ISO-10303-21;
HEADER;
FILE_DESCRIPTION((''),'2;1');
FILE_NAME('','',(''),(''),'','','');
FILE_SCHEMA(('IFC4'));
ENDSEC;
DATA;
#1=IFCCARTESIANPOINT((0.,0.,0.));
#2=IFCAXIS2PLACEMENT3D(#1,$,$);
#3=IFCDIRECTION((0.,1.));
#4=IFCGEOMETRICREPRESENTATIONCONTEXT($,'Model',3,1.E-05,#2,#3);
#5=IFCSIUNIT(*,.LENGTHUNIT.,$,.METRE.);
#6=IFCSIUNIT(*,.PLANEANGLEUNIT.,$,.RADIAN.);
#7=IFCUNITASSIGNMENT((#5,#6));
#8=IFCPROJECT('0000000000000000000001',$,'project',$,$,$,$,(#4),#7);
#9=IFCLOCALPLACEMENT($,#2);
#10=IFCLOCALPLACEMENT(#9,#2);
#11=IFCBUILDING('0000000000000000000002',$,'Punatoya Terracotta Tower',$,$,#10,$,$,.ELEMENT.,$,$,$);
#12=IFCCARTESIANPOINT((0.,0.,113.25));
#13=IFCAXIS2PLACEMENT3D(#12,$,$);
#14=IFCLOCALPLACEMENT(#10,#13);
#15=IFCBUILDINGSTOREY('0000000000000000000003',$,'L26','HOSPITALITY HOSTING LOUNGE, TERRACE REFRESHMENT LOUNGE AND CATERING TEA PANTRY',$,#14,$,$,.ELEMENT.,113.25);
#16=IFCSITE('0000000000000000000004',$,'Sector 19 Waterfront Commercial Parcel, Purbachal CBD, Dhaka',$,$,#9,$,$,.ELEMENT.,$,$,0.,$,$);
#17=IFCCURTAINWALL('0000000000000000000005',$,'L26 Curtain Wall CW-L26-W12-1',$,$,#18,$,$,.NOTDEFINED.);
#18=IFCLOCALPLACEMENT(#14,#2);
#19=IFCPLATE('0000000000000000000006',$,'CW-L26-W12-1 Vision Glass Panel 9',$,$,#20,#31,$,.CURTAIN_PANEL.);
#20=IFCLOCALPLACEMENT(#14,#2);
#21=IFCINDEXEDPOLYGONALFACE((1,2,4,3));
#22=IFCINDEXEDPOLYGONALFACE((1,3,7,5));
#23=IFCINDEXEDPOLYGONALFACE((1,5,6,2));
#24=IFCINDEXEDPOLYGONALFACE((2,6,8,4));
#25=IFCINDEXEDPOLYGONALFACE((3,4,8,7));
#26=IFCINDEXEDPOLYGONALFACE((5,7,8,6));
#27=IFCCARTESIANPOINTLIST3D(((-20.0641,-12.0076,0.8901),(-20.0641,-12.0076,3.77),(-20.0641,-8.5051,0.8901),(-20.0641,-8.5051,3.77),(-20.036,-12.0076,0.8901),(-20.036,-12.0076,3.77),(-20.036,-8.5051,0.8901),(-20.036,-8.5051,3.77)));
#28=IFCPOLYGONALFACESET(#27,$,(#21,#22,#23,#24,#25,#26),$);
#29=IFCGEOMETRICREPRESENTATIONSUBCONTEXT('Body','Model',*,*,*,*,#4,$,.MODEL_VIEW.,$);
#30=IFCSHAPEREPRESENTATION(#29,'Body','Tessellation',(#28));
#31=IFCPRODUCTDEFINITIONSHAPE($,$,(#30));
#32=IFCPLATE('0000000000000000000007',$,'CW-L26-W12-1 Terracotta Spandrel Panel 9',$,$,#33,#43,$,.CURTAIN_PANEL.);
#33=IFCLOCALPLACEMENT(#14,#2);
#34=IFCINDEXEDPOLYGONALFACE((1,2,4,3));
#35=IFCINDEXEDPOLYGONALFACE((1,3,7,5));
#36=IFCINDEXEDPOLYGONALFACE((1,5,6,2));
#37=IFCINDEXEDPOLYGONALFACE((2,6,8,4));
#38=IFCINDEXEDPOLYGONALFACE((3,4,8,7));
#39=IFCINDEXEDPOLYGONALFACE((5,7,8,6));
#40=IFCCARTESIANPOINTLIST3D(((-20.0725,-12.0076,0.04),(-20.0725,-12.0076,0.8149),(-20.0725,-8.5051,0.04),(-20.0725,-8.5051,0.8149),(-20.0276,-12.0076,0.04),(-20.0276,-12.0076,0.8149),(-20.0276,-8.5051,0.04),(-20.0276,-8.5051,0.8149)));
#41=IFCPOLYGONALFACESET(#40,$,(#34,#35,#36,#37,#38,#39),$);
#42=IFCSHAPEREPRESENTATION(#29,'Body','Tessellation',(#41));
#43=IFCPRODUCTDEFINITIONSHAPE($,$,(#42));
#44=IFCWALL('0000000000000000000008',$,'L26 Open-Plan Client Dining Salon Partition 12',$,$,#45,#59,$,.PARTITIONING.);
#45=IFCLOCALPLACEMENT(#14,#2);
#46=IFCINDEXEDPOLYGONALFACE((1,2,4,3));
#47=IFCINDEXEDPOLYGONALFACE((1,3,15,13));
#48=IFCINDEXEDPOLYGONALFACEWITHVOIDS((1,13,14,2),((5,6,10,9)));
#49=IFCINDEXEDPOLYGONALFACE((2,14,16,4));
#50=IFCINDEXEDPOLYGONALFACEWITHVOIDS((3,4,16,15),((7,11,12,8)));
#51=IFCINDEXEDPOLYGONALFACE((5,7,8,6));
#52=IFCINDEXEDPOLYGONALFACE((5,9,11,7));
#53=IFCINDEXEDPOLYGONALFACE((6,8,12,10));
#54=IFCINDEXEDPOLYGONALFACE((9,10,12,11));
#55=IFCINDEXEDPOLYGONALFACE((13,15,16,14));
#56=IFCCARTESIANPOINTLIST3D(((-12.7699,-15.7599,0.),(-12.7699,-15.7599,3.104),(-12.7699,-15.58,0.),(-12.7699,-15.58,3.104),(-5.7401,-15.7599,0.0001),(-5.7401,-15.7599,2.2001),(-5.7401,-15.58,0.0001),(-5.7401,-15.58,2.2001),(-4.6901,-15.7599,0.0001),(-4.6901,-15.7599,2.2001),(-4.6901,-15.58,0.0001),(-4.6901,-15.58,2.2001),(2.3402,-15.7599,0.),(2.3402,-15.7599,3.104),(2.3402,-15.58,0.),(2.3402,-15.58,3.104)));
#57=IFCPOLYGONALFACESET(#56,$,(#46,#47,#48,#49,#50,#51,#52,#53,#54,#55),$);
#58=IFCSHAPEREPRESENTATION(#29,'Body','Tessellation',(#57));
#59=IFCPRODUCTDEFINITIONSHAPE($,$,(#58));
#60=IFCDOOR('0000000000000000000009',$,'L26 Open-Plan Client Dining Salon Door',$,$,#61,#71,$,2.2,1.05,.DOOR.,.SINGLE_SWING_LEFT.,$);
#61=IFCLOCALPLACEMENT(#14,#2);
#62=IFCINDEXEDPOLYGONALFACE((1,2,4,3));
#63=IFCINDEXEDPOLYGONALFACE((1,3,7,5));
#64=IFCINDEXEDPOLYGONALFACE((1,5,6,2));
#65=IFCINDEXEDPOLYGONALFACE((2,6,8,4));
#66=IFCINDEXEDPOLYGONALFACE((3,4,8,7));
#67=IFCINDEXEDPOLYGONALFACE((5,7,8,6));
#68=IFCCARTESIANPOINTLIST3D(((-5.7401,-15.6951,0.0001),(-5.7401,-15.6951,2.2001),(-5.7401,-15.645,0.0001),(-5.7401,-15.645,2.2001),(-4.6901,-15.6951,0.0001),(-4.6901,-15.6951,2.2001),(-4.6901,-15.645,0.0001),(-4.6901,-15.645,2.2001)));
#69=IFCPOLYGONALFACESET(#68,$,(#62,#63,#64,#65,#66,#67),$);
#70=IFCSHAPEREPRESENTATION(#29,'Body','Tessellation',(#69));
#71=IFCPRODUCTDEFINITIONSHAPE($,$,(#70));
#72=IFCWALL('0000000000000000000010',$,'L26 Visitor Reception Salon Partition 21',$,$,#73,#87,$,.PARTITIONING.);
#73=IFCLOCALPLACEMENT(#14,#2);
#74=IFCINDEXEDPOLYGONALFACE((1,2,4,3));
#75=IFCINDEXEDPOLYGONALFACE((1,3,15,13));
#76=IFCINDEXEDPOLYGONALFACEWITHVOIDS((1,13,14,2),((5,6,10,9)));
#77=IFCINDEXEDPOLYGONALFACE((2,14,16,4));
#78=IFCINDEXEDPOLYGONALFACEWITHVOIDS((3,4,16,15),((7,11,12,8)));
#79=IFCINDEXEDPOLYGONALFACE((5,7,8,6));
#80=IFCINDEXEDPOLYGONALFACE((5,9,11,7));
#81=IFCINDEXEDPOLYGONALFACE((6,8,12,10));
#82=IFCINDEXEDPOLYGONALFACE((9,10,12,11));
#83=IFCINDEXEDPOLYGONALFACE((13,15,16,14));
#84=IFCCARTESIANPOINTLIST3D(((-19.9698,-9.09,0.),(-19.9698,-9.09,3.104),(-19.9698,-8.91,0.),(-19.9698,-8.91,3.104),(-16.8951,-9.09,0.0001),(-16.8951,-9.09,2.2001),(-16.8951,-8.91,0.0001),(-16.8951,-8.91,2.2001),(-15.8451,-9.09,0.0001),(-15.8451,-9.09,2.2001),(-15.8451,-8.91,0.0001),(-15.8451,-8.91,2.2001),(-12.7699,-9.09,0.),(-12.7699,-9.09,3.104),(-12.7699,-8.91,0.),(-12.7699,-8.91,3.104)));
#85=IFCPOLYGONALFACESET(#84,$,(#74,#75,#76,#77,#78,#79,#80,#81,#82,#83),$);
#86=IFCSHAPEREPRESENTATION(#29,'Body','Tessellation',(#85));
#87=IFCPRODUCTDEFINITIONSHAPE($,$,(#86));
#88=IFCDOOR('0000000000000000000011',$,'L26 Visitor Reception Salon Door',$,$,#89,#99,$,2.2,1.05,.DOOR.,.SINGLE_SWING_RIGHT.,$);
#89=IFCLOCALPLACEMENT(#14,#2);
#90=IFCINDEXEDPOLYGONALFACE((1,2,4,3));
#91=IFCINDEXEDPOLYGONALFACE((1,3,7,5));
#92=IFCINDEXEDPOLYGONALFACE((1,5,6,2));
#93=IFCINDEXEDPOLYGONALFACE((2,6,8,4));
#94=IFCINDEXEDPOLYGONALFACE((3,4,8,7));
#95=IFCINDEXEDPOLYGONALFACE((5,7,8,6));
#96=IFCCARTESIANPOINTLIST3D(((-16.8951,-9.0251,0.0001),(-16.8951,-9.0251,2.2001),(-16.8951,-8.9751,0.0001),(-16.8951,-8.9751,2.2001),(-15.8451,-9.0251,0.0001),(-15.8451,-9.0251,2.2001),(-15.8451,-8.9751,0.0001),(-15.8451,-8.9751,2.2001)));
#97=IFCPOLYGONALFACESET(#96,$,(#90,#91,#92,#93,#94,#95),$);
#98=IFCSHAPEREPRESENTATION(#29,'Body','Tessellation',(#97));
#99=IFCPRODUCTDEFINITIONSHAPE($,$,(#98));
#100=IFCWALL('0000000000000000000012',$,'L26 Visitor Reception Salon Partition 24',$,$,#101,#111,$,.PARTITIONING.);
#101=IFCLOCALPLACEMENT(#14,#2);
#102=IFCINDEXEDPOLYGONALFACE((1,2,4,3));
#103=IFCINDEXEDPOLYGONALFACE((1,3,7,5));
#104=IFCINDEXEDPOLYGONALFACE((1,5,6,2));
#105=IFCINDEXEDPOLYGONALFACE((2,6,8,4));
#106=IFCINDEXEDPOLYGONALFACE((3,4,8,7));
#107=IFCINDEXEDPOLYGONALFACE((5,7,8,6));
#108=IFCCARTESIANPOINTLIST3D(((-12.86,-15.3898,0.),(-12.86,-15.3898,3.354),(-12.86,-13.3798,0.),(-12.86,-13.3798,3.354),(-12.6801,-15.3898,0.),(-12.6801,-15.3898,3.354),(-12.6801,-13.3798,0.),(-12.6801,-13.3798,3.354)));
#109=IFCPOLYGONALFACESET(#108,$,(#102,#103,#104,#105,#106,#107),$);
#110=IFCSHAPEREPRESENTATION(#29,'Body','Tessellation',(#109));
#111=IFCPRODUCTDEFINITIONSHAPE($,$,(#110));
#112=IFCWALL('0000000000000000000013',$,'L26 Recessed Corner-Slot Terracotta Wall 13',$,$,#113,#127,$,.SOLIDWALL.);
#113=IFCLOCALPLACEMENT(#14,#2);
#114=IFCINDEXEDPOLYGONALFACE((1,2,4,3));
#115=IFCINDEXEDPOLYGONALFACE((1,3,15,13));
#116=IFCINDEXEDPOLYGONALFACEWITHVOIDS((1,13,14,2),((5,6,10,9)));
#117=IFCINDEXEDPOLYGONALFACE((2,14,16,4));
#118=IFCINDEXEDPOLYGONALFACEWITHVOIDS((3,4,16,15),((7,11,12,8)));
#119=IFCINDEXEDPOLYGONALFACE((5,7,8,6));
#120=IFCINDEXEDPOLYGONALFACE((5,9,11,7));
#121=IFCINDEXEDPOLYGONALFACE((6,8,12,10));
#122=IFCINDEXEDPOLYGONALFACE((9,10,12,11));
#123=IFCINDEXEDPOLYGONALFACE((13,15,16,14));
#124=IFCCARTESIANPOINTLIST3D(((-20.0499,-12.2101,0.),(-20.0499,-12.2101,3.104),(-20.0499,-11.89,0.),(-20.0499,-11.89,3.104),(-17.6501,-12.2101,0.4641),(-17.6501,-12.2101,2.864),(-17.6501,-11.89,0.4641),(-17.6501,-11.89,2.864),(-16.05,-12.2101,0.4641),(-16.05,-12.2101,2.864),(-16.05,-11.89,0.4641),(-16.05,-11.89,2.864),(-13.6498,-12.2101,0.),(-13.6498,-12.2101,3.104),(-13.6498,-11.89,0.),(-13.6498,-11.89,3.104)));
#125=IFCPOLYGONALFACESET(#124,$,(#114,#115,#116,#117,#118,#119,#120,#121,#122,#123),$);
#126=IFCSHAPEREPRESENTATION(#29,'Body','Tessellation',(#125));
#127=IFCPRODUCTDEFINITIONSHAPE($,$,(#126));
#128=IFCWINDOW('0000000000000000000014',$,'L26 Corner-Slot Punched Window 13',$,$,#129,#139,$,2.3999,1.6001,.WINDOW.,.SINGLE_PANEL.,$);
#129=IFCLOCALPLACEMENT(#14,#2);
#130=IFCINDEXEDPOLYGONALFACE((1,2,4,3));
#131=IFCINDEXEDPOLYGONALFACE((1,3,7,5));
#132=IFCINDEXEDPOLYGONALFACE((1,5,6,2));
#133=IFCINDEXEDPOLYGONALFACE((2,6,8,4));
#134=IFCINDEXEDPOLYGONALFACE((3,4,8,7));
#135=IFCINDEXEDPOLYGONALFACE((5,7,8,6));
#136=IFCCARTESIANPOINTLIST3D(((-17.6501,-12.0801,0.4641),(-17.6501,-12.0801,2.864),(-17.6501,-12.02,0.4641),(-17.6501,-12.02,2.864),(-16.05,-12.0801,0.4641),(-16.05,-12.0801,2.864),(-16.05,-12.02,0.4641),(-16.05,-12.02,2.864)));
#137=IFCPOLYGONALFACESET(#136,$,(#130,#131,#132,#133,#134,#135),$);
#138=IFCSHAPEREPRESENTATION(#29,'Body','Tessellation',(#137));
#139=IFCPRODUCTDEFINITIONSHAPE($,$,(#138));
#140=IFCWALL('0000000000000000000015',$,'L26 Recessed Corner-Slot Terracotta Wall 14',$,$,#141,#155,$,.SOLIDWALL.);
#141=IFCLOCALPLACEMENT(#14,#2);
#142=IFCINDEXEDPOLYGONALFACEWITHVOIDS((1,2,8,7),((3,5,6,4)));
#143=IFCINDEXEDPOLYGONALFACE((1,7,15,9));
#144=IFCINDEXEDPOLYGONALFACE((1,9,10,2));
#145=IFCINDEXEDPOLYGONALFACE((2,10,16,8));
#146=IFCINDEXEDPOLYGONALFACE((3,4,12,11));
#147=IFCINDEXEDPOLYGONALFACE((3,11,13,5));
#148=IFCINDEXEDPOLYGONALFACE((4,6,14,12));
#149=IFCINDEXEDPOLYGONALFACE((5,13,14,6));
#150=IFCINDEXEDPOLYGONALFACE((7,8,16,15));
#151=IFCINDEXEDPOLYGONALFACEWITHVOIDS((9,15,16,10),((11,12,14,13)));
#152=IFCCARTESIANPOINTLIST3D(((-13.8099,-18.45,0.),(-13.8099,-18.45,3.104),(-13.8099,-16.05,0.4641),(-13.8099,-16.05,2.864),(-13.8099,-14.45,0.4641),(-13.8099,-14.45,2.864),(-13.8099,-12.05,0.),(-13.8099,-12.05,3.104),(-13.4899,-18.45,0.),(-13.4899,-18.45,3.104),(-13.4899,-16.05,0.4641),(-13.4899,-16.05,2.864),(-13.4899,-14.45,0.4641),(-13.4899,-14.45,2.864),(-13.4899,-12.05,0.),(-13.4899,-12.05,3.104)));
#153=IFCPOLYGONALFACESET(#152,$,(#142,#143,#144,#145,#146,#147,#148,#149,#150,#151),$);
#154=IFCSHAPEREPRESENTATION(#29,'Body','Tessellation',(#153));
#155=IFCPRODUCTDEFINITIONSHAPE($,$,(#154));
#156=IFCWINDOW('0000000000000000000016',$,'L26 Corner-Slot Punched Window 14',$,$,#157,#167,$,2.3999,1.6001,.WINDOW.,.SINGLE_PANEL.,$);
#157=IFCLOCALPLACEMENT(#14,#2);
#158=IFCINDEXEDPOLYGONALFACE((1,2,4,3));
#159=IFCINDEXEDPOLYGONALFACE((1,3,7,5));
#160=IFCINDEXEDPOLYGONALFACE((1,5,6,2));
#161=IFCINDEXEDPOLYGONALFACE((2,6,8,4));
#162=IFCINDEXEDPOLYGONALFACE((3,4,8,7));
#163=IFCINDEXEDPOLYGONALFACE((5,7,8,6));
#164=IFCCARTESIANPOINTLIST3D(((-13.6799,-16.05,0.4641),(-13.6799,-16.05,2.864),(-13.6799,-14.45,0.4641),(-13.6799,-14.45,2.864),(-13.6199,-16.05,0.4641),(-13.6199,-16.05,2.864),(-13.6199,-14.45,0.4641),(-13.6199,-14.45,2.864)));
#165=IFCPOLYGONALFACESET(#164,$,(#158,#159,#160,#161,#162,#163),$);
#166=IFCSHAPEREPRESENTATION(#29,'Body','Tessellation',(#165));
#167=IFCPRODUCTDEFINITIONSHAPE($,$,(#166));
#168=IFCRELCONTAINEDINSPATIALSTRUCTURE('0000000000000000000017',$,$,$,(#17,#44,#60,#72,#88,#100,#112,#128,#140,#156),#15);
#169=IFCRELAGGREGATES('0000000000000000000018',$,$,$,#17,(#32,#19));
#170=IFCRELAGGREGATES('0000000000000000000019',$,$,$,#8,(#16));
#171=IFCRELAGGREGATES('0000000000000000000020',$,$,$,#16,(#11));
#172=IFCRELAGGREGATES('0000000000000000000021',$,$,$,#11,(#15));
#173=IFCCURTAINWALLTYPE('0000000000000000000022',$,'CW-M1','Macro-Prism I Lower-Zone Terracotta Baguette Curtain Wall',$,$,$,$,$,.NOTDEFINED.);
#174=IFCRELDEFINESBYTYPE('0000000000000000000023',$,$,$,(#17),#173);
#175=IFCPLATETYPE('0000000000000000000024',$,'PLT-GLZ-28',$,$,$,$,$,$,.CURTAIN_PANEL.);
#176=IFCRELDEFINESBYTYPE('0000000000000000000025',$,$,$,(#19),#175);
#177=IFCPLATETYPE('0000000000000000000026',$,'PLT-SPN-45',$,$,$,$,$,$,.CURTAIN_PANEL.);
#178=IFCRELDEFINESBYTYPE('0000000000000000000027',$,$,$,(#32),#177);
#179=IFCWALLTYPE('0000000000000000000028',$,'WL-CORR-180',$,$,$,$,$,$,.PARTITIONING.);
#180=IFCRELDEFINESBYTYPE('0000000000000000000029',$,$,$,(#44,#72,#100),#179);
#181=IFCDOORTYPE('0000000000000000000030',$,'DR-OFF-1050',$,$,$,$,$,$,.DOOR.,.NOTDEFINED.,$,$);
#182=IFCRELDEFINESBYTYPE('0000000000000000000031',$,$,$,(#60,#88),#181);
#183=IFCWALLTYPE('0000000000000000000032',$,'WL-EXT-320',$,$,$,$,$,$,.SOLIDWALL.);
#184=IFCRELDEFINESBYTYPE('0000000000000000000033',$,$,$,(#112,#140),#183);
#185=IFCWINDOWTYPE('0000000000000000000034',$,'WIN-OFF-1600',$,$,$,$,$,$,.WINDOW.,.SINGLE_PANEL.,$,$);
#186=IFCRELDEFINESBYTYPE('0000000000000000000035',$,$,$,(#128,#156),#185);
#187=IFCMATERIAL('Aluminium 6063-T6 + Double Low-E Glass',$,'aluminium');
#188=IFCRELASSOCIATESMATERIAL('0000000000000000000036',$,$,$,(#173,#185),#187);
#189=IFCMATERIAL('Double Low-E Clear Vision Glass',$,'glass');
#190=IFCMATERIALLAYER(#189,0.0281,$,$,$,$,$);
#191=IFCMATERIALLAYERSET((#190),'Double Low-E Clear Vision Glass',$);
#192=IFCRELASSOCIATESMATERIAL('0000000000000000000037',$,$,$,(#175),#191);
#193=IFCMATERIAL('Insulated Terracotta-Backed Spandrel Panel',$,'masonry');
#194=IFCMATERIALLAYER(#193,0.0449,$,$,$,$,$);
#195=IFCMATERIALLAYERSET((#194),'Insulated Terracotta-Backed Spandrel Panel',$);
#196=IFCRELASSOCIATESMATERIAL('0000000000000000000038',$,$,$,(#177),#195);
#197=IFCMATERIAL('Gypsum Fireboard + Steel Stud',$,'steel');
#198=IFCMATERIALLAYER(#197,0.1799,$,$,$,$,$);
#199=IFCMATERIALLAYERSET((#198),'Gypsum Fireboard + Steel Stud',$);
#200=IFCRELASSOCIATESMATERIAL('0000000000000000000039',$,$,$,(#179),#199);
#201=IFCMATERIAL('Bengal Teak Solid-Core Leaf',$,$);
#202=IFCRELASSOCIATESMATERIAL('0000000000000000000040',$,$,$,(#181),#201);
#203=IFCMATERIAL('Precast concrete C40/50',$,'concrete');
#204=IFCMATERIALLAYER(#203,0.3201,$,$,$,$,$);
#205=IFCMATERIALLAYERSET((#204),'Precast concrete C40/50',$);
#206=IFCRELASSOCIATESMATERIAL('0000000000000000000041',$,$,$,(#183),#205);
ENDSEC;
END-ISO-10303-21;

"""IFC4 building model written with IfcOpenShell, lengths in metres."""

from ifc_helpers import new_model, si_unit, direction, frame, frame_2d, origin, origin_2d, place, context, subcontext, project, spatial, rectangle, extrude, material, layer, layer_set, type_object, element, fill, aggregate, save


model = new_model("IFC4")

# Units and contexts
model_context = context("Model", 3, precision=1e-05, world=origin(), true_north=direction((0.0, 1.0)))
body_context = subcontext(model_context, "Body", "Model", "MODEL_VIEW")
ifc_project = project(units=[si_unit("LENGTHUNIT", "METRE"), si_unit("PLANEANGLEUNIT", "RADIAN")], contexts=[model_context])

# Site, building, storey
site_placement = place(None, origin())
site = spatial("IfcSite", under=ifc_project, at=site_placement, Name="Sector 19 Waterfront Commercial Parcel, Purbachal CBD, Dhaka", CompositionType="ELEMENT", RefElevation=0.0)
building_placement = place(site_placement, origin())
building = spatial("IfcBuilding", under=site, at=building_placement, Name="Punatoya Terracotta Tower", CompositionType="ELEMENT")
storey_placement = place(building_placement, frame((0.0, 0.0, 113.25)))
storey = spatial("IfcBuildingStorey", under=building, at=storey_placement, Name="L26", Description="HOSPITALITY HOSTING LOUNGE, TERRACE REFRESHMENT LOUNGE AND CATERING TEA PANTRY", CompositionType="ELEMENT", Elevation=113.25)

# Curtain wall
ifc_material_1 = material(Name="Aluminium 6063-T6 + Double Low-E Glass", Category="aluminium")
curtain_wall_type = type_object("IfcCurtainWallType", Name="CW-M1", Description="Macro-Prism I Lower-Zone Terracotta Baguette Curtain Wall", PredefinedType="NOTDEFINED", material=ifc_material_1)
curtain_wall_1_placement = place(storey_placement, origin())
curtain_wall_1 = element("IfcCurtainWall", 1, at=curtain_wall_1_placement, inside=storey, type_object=curtain_wall_type, Name="L26 Curtain Wall CW-L26-W12-1", PredefinedType="NOTDEFINED")

# Plates
ifc_material_2 = material(Name="Double Low-E Clear Vision Glass", Category="glass")
ifc_layer_1 = layer(ifc_material_2, 0.0281)
ifc_layer_set_1 = layer_set([ifc_layer_1], Name="Double Low-E Clear Vision Glass")
plate_type_1 = type_object("IfcPlateType", Name="PLT-GLZ-28", PredefinedType="CURTAIN_PANEL", material=ifc_layer_set_1)
plate_1_placement = place(storey_placement, frame((-20.05, -10.2563, 0.8901), z_axis=(0.0, 0.0, 1.0), x_axis=(0.0, -1.0, 0.0)))
plate_1 = element("IfcPlate", 2, at=plate_1_placement, type_object=plate_type_1, Name="CW-L26-W12-1 Vision Glass Panel 9", PredefinedType="CURTAIN_PANEL", context=body_context, shape_type="SweptSolid", body=[
    extrude(rectangle(XDim=3.5024, YDim=0.0281, at=origin_2d()), origin(), (0.0, 0.0, 1.0), 2.8799),
])
ifc_material_3 = material(Name="Insulated Terracotta-Backed Spandrel Panel", Category="masonry")
ifc_layer_2 = layer(ifc_material_3, 0.0449)
ifc_layer_set_2 = layer_set([ifc_layer_2], Name="Insulated Terracotta-Backed Spandrel Panel")
plate_type_2 = type_object("IfcPlateType", Name="PLT-SPN-45", PredefinedType="CURTAIN_PANEL", material=ifc_layer_set_2)
plate_2_placement = place(storey_placement, frame((-20.05, -10.2563, 0.04), z_axis=(0.0, 0.0, 1.0), x_axis=(0.0, -1.0, 0.0)))
plate_2 = element("IfcPlate", 3, at=plate_2_placement, type_object=plate_type_2, Name="CW-L26-W12-1 Terracotta Spandrel Panel 9", PredefinedType="CURTAIN_PANEL", context=body_context, shape_type="SweptSolid", body=[
    extrude(rectangle(XDim=3.5024, YDim=0.0449, at=origin_2d()), origin(), (0.0, 0.0, 1.0), 0.7749),
])
aggregate(curtain_wall_1, [plate_2, plate_1])

# Walls, openings, doors
ifc_material_4 = material(Name="Gypsum Fireboard + Steel Stud", Category="steel")
ifc_layer_3 = layer(ifc_material_4, 0.1799)
ifc_layer_set_3 = layer_set([ifc_layer_3], Name="Gypsum Fireboard + Steel Stud")
wall_type_1 = type_object("IfcWallType", Name="WL-CORR-180", PredefinedType="PARTITIONING", material=ifc_layer_set_3)
wall_1_placement = place(storey_placement, frame((-12.77, -15.6699, 0.0), z_axis=(0.0, 0.0, 1.0), x_axis=(1.0, 0.0, 0.0)))
wall_1 = element("IfcWall", 4, at=wall_1_placement, inside=storey, type_object=wall_type_1, Name="L26 Open-Plan Client Dining Salon Partition 12", PredefinedType="PARTITIONING", context=body_context, shape_type="SweptSolid", body=[
    extrude(rectangle(XDim=15.1101, YDim=0.1799, at=frame_2d((7.5552, 0.0))), origin(), (0.0, 0.0, 1.0), 3.104),
])
opening_1_placement = place(wall_1_placement, frame((7.03, 0.0, 0.0)))
opening_1 = element("IfcOpeningElement", 5, at=opening_1_placement, cuts=wall_1, PredefinedType="OPENING", context=body_context, shape_type="SweptSolid", body=[
    extrude(rectangle(XDim=1.05, YDim=2.2, at=frame_2d((0.5249, 1.1001))), frame((0.0, 0.0999, 0.0), z_axis=(0.0, -1.0, 0.0), x_axis=(1.0, 0.0, 0.0)), (0.0, 0.0, 1.0), 0.2),
])
ifc_material_5 = material(Name="Bengal Teak Solid-Core Leaf")
door_type = type_object("IfcDoorType", Name="DR-OFF-1050", OperationType="NOTDEFINED", PredefinedType="DOOR", material=ifc_material_5)
door_1_placement = place(opening_1_placement, origin())
door_1 = element("IfcDoor", 6, at=door_1_placement, inside=storey, type_object=door_type, Name="L26 Open-Plan Client Dining Salon Door", OperationType="SINGLE_SWING_LEFT", OverallHeight=2.2, OverallWidth=1.05, PredefinedType="DOOR", context=body_context, shape_type="SweptSolid", body=[
    extrude(rectangle(XDim=1.05, YDim=2.2, at=frame_2d((0.5249, 1.1001))), frame((0.0, 0.0249, 0.0), z_axis=(0.0, -1.0, 0.0), x_axis=(1.0, 0.0, 0.0)), (0.0, 0.0, 1.0), 0.05),
])
fill(opening_1, door_1)
wall_2_placement = place(storey_placement, frame((-19.97, -9.0, 0.0), z_axis=(0.0, 0.0, 1.0), x_axis=(1.0, 0.0, 0.0)))
wall_2 = element("IfcWall", 7, at=wall_2_placement, inside=storey, type_object=wall_type_1, Name="L26 Visitor Reception Salon Partition 21", PredefinedType="PARTITIONING", context=body_context, shape_type="SweptSolid", body=[
    extrude(rectangle(XDim=7.2, YDim=0.1799, at=frame_2d((3.6001, 0.0))), origin(), (0.0, 0.0, 1.0), 3.104),
])
opening_2_placement = place(wall_2_placement, frame((3.075, 0.0, 0.0)))
opening_2 = element("IfcOpeningElement", 8, at=opening_2_placement, cuts=wall_2, PredefinedType="OPENING", context=body_context, shape_type="SweptSolid", body=[
    extrude(rectangle(XDim=1.05, YDim=2.2, at=frame_2d((0.5249, 1.1001))), frame((0.0, 0.0999, 0.0), z_axis=(0.0, -1.0, 0.0), x_axis=(1.0, 0.0, 0.0)), (0.0, 0.0, 1.0), 0.2),
])
door_2_placement = place(opening_2_placement, origin())
door_2 = element("IfcDoor", 9, at=door_2_placement, inside=storey, type_object=door_type, Name="L26 Visitor Reception Salon Door", OperationType="SINGLE_SWING_RIGHT", OverallHeight=2.2, OverallWidth=1.05, PredefinedType="DOOR", context=body_context, shape_type="SweptSolid", body=[
    extrude(rectangle(XDim=1.05, YDim=2.2, at=frame_2d((0.5249, 1.1001))), frame((0.0, 0.0249, 0.0), z_axis=(0.0, -1.0, 0.0), x_axis=(1.0, 0.0, 0.0)), (0.0, 0.0, 1.0), 0.05),
])
fill(opening_2, door_2)

# Wall
wall_3_placement = place(storey_placement, frame((-12.77, -13.3799, 0.0), z_axis=(0.0, 0.0, 1.0), x_axis=(0.0, -1.0, 0.0)))
element("IfcWall", 10, at=wall_3_placement, inside=storey, type_object=wall_type_1, Name="L26 Visitor Reception Salon Partition 24", PredefinedType="PARTITIONING", context=body_context, shape_type="SweptSolid", body=[
    extrude(rectangle(XDim=2.01, YDim=0.1799, at=frame_2d((1.0049, 0.0))), origin(), (0.0, 0.0, 1.0), 3.354),
])

# Walls, openings, windows
ifc_material_6 = material(Name="Precast concrete C40/50", Category="concrete")
ifc_layer_4 = layer(ifc_material_6, 0.3201)
ifc_layer_set_4 = layer_set([ifc_layer_4], Name="Precast concrete C40/50")
wall_type_2 = type_object("IfcWallType", Name="WL-EXT-320", PredefinedType="SOLIDWALL", material=ifc_layer_set_4)
wall_4_placement = place(storey_placement, frame((-20.05, -12.05, 0.0), z_axis=(0.0, 0.0, 1.0), x_axis=(1.0, 0.0, 0.0)))
wall_4 = element("IfcWall", 11, at=wall_4_placement, inside=storey, type_object=wall_type_2, Name="L26 Recessed Corner-Slot Terracotta Wall 13", PredefinedType="SOLIDWALL", context=body_context, shape_type="SweptSolid", body=[
    extrude(rectangle(XDim=6.4001, YDim=0.3201, at=frame_2d((3.2002, 0.0))), origin(), (0.0, 0.0, 1.0), 3.104),
])
opening_3_placement = place(wall_4_placement, frame((2.3999, 0.0, 0.4641)))
opening_3 = element("IfcOpeningElement", 12, at=opening_3_placement, cuts=wall_4, PredefinedType="OPENING", context=body_context, shape_type="SweptSolid", body=[
    extrude(rectangle(XDim=1.6001, YDim=2.3999, at=frame_2d((0.8, 1.2))), frame((0.0, 0.1699, 0.0), z_axis=(0.0, -1.0, 0.0), x_axis=(1.0, 0.0, 0.0)), (0.0, 0.0, 1.0), 0.3401),
])
window_type = type_object("IfcWindowType", Name="WIN-OFF-1600", PartitioningType="SINGLE_PANEL", PredefinedType="WINDOW", material=ifc_material_1)
window_1_placement = place(opening_3_placement, origin())
window_1 = element("IfcWindow", 13, at=window_1_placement, inside=storey, type_object=window_type, Name="L26 Corner-Slot Punched Window 13", OverallHeight=2.3999, OverallWidth=1.6001, PartitioningType="SINGLE_PANEL", PredefinedType="WINDOW", context=body_context, shape_type="SweptSolid", body=[
    extrude(rectangle(XDim=1.6001, YDim=2.3999, at=frame_2d((0.8, 1.2))), frame((0.0, 0.03, 0.0), z_axis=(0.0, -1.0, 0.0), x_axis=(1.0, 0.0, 0.0)), (0.0, 0.0, 1.0), 0.0601),
])
fill(opening_3, window_1)
wall_5_placement = place(storey_placement, frame((-13.6499, -12.05, 0.0), z_axis=(0.0, 0.0, 1.0), x_axis=(0.0, -1.0, 0.0)))
wall_5 = element("IfcWall", 14, at=wall_5_placement, inside=storey, type_object=wall_type_2, Name="L26 Recessed Corner-Slot Terracotta Wall 14", PredefinedType="SOLIDWALL", context=body_context, shape_type="SweptSolid", body=[
    extrude(rectangle(XDim=6.3999, YDim=0.3201, at=frame_2d((3.2, 0.0))), origin(), (0.0, 0.0, 1.0), 3.104),
])
opening_4_placement = place(wall_5_placement, frame((2.3999, 0.0, 0.4641)))
opening_4 = element("IfcOpeningElement", 15, at=opening_4_placement, cuts=wall_5, PredefinedType="OPENING", context=body_context, shape_type="SweptSolid", body=[
    extrude(rectangle(XDim=1.6001, YDim=2.3999, at=frame_2d((0.8, 1.2))), frame((0.0, 0.1699, 0.0), z_axis=(0.0, -1.0, 0.0), x_axis=(1.0, 0.0, 0.0)), (0.0, 0.0, 1.0), 0.3401),
])
window_2_placement = place(opening_4_placement, origin())
window_2 = element("IfcWindow", 16, at=window_2_placement, inside=storey, type_object=window_type, Name="L26 Corner-Slot Punched Window 14", OverallHeight=2.3999, OverallWidth=1.6001, PartitioningType="SINGLE_PANEL", PredefinedType="WINDOW", context=body_context, shape_type="SweptSolid", body=[
    extrude(rectangle(XDim=1.6001, YDim=2.3999, at=frame_2d((0.8, 1.2))), frame((0.0, 0.03, 0.0), z_axis=(0.0, -1.0, 0.0), x_axis=(1.0, 0.0, 0.0)), (0.0, 0.0, 1.0), 0.0601),
])
fill(opening_4, window_2)

save(model, "model.ifc")
